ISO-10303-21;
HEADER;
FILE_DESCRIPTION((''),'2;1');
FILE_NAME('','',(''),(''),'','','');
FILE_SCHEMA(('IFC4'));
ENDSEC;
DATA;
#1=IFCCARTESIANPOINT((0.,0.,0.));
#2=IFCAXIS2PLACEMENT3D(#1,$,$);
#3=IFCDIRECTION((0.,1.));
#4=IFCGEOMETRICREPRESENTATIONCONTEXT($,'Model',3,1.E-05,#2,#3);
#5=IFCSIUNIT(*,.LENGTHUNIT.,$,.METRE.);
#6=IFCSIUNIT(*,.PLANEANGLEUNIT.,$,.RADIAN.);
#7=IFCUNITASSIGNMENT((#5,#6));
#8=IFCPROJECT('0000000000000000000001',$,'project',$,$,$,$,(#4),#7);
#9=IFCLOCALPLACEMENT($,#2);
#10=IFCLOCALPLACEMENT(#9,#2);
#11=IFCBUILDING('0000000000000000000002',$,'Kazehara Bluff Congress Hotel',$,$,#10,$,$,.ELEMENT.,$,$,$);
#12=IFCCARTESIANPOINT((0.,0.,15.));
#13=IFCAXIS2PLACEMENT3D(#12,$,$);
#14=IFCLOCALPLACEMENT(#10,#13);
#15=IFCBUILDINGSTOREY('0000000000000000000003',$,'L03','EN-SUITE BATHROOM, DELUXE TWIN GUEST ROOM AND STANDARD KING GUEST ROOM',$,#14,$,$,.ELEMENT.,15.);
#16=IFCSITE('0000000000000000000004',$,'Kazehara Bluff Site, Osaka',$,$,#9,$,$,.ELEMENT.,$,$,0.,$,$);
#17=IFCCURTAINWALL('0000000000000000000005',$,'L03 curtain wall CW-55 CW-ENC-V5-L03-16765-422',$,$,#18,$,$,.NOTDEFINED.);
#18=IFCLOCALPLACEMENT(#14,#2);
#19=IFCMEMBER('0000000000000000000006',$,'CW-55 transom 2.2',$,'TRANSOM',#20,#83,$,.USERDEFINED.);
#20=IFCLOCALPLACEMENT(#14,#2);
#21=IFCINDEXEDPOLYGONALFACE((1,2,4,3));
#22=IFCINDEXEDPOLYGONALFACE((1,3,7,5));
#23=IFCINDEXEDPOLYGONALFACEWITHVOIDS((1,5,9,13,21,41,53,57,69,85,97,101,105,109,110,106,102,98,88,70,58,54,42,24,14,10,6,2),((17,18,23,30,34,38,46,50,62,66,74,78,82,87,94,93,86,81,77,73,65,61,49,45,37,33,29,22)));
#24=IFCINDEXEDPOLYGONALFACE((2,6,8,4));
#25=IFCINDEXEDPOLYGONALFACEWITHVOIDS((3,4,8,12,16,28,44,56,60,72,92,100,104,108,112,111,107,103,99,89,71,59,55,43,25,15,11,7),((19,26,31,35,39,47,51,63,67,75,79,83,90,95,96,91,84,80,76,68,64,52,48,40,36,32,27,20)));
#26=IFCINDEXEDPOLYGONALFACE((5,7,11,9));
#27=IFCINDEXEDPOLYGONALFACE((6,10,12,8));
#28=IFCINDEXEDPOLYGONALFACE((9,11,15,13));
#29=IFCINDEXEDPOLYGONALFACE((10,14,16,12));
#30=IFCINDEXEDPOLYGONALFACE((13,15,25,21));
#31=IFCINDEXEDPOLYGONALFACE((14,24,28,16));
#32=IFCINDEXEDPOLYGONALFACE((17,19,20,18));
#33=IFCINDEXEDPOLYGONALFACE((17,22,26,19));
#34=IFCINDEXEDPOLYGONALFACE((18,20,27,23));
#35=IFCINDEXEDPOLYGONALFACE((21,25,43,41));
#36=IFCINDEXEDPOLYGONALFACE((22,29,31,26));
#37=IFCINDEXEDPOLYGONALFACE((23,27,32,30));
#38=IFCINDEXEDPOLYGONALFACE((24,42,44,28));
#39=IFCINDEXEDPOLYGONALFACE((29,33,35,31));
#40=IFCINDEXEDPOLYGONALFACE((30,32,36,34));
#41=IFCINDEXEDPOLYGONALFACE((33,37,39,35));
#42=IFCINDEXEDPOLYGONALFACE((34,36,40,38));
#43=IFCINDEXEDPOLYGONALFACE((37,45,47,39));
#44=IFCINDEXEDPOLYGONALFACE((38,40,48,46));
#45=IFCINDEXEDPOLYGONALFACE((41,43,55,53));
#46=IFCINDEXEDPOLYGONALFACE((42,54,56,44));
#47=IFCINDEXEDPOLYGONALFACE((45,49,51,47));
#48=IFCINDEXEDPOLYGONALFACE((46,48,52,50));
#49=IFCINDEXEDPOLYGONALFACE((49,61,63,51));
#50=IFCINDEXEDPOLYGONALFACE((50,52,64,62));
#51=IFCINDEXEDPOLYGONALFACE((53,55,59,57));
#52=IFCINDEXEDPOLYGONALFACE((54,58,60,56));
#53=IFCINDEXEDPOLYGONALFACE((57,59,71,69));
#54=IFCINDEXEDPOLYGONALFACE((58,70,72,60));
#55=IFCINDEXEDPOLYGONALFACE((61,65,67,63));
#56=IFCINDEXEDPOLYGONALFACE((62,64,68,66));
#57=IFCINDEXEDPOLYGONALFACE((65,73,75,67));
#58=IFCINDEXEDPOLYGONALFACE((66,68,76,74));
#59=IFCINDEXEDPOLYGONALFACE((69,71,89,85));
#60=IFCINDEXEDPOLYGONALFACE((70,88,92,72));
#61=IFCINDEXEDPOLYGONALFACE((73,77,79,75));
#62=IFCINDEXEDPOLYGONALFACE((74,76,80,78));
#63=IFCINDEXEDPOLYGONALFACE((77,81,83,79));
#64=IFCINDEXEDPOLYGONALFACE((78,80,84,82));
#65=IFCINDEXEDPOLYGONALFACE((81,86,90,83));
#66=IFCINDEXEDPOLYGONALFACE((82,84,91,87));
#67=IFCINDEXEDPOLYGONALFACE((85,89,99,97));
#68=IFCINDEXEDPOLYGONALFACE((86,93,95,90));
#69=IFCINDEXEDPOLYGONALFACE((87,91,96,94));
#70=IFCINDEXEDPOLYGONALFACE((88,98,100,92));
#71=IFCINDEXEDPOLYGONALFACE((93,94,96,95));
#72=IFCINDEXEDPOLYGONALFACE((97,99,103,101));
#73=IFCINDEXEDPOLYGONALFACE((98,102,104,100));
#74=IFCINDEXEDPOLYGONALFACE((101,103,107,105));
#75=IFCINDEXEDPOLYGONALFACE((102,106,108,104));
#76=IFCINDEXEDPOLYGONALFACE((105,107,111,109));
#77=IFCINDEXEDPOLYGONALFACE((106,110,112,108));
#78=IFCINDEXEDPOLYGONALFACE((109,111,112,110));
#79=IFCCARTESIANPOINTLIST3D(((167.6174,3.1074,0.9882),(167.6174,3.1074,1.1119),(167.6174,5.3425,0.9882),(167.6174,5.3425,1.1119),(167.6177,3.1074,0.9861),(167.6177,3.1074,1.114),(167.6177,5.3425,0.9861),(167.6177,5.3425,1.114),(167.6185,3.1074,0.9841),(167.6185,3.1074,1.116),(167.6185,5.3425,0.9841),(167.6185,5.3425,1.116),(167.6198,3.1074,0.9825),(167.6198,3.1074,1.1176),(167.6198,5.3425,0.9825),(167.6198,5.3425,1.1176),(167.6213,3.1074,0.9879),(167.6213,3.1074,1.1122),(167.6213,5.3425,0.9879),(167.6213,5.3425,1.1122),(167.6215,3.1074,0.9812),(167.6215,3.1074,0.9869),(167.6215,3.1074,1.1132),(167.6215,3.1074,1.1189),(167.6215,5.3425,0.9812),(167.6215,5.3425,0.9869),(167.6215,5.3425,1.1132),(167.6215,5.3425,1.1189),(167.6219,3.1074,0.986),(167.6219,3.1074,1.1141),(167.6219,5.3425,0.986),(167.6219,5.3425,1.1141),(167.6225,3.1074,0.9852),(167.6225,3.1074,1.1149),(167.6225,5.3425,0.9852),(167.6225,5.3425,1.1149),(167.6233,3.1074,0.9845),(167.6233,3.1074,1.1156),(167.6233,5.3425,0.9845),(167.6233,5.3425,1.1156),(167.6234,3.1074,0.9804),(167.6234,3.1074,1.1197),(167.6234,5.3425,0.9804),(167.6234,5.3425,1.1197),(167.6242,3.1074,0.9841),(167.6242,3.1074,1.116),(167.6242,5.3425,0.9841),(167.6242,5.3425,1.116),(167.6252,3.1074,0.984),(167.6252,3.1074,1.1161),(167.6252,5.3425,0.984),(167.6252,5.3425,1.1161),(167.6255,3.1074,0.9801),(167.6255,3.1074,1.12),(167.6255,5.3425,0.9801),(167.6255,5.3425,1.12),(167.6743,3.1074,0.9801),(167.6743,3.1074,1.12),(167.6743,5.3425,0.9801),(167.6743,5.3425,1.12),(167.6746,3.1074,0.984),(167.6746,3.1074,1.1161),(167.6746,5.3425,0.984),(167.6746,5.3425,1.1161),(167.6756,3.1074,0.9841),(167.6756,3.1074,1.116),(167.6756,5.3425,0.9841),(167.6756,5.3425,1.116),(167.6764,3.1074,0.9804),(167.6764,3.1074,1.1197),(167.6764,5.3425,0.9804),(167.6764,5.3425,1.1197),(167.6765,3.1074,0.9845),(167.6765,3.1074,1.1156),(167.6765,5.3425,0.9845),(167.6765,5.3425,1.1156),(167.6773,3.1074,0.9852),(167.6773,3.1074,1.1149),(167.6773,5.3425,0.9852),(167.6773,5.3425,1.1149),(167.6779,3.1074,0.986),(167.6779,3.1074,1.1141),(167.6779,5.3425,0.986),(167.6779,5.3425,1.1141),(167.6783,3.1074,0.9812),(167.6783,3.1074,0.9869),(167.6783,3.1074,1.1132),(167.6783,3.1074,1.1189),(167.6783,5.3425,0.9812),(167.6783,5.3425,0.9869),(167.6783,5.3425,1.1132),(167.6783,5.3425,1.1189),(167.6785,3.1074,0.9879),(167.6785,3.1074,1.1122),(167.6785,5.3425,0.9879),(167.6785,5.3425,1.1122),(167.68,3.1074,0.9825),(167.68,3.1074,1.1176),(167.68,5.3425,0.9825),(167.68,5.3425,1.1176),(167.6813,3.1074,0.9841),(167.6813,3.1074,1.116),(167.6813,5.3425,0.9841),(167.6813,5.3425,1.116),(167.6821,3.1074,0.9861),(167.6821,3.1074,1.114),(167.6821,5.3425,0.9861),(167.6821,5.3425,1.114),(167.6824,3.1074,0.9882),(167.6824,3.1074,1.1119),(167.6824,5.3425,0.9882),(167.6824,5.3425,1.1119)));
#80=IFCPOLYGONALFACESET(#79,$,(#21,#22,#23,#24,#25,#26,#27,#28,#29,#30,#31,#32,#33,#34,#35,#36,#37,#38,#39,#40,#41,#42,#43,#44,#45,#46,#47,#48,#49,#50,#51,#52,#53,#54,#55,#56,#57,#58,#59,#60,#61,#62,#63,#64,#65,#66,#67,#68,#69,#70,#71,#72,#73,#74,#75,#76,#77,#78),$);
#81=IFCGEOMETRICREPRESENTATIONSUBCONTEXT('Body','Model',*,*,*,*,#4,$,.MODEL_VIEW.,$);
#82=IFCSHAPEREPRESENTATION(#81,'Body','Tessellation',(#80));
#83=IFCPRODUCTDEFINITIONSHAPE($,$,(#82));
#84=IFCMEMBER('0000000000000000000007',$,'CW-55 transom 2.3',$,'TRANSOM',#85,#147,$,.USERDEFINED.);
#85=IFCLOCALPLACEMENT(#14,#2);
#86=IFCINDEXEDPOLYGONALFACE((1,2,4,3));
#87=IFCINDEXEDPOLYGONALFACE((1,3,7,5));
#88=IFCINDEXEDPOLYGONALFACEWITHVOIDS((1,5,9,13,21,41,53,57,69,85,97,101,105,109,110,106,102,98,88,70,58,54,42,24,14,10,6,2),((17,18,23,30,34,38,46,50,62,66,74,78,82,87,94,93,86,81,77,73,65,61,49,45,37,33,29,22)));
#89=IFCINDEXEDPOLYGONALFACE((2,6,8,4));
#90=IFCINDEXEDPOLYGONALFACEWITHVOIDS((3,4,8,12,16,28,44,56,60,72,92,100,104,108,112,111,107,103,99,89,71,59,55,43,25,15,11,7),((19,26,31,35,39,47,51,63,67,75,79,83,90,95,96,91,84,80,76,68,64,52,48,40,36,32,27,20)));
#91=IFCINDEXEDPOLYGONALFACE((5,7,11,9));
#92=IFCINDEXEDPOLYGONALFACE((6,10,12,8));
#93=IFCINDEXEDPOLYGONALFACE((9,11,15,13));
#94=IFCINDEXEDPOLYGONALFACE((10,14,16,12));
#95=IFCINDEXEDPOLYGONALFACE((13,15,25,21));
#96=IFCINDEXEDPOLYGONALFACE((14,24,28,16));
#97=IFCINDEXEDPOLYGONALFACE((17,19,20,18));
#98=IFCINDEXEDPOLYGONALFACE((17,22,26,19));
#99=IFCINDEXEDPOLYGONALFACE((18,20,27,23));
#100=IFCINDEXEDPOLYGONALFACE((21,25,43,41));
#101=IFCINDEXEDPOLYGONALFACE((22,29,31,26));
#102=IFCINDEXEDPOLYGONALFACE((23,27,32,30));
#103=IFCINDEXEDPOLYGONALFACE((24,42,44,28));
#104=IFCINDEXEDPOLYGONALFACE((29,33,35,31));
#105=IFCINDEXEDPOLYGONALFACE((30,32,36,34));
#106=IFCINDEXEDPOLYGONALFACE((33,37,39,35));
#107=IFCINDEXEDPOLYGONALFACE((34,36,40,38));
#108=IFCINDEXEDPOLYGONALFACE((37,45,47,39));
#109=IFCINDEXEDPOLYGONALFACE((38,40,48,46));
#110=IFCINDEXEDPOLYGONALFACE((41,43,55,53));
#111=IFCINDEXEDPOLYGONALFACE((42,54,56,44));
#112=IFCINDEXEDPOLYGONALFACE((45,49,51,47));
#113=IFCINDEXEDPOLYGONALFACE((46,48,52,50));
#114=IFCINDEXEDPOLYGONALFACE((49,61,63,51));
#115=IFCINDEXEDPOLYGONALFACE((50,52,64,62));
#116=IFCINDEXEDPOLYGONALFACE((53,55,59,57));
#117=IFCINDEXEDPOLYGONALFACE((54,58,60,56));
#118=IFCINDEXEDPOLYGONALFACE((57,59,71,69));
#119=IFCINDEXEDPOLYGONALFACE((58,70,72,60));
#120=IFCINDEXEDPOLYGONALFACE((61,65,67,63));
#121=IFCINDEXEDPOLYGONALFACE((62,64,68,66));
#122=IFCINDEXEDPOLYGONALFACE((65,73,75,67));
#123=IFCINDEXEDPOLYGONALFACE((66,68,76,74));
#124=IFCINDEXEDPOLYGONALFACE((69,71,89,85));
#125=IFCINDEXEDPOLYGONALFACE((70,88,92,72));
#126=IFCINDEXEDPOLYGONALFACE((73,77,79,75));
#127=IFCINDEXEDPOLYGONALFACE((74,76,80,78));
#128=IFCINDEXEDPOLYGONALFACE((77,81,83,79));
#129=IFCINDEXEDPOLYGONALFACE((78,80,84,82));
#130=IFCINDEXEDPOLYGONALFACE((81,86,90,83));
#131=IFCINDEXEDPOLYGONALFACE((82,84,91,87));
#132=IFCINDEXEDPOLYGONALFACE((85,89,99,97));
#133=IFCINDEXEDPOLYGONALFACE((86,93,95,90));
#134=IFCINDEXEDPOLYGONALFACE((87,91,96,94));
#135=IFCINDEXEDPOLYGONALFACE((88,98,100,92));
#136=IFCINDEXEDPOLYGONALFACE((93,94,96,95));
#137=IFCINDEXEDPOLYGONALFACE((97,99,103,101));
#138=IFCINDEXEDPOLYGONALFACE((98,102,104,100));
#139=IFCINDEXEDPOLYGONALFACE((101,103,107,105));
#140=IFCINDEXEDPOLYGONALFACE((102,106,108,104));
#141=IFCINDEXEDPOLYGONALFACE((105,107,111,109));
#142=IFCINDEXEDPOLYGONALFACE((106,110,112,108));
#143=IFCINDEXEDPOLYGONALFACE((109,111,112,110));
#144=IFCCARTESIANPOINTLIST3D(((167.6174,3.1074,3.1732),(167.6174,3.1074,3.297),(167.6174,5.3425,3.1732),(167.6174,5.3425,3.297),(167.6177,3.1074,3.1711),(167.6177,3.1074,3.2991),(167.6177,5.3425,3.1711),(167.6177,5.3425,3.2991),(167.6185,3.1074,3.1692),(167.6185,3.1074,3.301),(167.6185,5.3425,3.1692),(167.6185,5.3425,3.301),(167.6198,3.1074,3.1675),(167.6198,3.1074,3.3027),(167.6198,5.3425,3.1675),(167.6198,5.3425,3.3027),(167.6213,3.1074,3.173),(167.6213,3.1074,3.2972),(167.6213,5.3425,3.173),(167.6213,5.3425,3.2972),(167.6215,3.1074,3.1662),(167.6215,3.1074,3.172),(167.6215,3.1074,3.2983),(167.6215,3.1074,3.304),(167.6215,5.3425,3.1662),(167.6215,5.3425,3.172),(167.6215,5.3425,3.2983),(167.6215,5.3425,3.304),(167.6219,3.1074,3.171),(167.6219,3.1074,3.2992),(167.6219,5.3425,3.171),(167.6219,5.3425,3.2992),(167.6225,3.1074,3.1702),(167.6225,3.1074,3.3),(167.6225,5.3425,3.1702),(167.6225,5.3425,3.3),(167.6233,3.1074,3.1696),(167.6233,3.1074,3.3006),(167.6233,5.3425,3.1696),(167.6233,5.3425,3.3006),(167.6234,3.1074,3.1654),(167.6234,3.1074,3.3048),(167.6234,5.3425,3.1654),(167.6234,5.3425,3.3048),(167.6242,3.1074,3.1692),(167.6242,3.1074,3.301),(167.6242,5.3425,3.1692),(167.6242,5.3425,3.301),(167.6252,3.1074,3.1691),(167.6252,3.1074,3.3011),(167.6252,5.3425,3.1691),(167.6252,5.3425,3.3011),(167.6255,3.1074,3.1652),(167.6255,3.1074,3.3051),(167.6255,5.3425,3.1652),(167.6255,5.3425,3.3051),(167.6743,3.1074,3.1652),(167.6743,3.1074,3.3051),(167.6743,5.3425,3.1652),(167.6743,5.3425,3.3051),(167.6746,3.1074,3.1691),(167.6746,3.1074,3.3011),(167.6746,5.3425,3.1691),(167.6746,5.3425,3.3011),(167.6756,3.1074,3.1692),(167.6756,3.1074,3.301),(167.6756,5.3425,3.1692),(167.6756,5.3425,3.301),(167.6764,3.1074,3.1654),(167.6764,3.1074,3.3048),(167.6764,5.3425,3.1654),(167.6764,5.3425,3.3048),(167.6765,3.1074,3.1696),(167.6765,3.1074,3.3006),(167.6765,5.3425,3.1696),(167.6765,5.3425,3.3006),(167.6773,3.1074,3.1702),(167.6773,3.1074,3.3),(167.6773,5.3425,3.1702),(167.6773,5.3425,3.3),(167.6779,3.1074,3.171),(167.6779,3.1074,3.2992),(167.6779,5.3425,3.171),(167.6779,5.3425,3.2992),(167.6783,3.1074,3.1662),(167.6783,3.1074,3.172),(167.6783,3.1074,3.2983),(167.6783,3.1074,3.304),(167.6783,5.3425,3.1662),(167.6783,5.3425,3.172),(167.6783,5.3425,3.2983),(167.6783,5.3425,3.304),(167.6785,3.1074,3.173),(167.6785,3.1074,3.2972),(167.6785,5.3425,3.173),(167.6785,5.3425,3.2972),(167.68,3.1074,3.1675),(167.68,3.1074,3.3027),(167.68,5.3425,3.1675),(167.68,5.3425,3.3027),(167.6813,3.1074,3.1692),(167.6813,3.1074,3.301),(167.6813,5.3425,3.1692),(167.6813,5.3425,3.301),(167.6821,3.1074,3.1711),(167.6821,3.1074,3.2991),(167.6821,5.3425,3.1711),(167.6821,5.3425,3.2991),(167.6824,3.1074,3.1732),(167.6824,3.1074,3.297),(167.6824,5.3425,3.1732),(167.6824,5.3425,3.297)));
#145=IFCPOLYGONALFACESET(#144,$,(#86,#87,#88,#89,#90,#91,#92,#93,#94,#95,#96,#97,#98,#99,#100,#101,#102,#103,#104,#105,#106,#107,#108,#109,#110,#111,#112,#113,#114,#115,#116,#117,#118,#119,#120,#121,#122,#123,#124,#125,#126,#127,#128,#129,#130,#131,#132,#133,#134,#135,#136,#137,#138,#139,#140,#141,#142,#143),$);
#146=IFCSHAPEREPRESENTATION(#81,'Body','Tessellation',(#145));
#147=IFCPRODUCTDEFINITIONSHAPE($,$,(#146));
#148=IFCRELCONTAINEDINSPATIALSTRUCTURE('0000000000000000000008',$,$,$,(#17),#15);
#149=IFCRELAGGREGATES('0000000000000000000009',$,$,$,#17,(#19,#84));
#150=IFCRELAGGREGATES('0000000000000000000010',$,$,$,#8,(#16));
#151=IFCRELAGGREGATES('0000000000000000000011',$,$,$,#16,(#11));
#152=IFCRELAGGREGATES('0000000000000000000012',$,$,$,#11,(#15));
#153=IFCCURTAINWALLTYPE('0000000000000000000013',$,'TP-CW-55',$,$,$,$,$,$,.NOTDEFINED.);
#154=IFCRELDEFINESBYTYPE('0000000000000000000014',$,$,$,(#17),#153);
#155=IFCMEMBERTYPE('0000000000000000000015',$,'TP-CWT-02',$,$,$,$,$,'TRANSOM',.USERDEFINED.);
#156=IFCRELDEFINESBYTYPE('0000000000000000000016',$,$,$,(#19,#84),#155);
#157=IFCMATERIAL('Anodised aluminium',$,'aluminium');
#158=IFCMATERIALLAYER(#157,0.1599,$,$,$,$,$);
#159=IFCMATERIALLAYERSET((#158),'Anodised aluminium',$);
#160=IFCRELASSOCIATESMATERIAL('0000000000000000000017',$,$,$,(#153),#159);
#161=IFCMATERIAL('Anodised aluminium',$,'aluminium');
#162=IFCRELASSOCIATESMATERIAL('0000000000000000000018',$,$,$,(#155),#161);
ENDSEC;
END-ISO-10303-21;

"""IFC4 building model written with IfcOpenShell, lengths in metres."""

from ifc_helpers import new_model, si_unit, direction, frame, origin, origin_2d, place, context, subcontext, project, spatial, hollow_rectangle, extrude, material, layer, layer_set, material_profile, profile_set, type_object, element, aggregate, save


model = new_model("IFC4")

# Units and contexts
model_context = context("Model", 3, precision=1e-05, world=origin(), true_north=direction((0.0, 1.0)))
body_context = subcontext(model_context, "Body", "Model", "MODEL_VIEW")
ifc_project = project(units=[si_unit("LENGTHUNIT", "METRE"), si_unit("PLANEANGLEUNIT", "RADIAN")], contexts=[model_context])

# Site, building, storey
site_placement = place(None, origin())
site = spatial("IfcSite", under=ifc_project, at=site_placement, Name="Kazehara Bluff Site, Osaka", CompositionType="ELEMENT", RefElevation=0.0)
building_placement = place(site_placement, origin())
building = spatial("IfcBuilding", under=site, at=building_placement, Name="Kazehara Bluff Congress Hotel", CompositionType="ELEMENT")
storey_placement = place(building_placement, frame((0.0, 0.0, 15.0)))
storey = spatial("IfcBuildingStorey", under=building, at=storey_placement, Name="L03", Description="EN-SUITE BATHROOM, DELUXE TWIN GUEST ROOM AND STANDARD KING GUEST ROOM", CompositionType="ELEMENT", Elevation=15.0)

# Curtain wall
ifc_material_1 = material(Name="Anodised aluminium", Category="aluminium")
ifc_layer_1 = layer(ifc_material_1, 0.1599)
ifc_layer_set_1 = layer_set([ifc_layer_1], Name="Anodised aluminium")
curtain_wall_type_1 = type_object("IfcCurtainWallType", Name="TP-CW-55", PredefinedType="NOTDEFINED", material=ifc_layer_set_1)
curtain_wall_1_placement = place(storey_placement, origin())
curtain_wall_1 = element("IfcCurtainWall", 1, at=curtain_wall_1_placement, inside=storey, type_object=curtain_wall_type_1, Name="L03 curtain wall CW-55 CW-ENC-V5-L03-16765-422", PredefinedType="NOTDEFINED")

# Members
ifc_material_2 = material(Name="Anodised aluminium", Category="aluminium")
ifc_material_profile_1 = material_profile(ifc_material_2, hollow_rectangle(XDim=0.0649, YDim=0.1399, WallThickness=0.0039, InnerFilletRadius=0.0039, OuterFilletRadius=0.0081, at=origin_2d()))
ifc_profile_set_1 = profile_set([ifc_material_profile_1], Name="Anodised aluminium")
member_type_1 = type_object("IfcMemberType", Name="TP-CWT-02", ElementType="TRANSOM", PredefinedType="USERDEFINED", material=ifc_profile_set_1)
member_1_placement = place(storey_placement, frame((167.6499, 5.3425, 1.05), z_axis=(0.0, -1.0, 0.0), x_axis=(1.0, 0.0, 0.0)))
member_1 = element("IfcMember", 2, at=member_1_placement, type_object=member_type_1, Name="CW-55 transom 2.2", ObjectType="TRANSOM", PredefinedType="USERDEFINED", context=body_context, shape_type="SweptSolid", body=[
    extrude(hollow_rectangle(XDim=0.0649, YDim=0.1399, WallThickness=0.0039, InnerFilletRadius=0.0039, OuterFilletRadius=0.0081, at=origin_2d()), origin(), (0.0, 0.0, 1.0), 2.2351),
])
member_2_placement = place(storey_placement, frame((167.6499, 5.3425, 3.2351), z_axis=(0.0, -1.0, 0.0), x_axis=(1.0, 0.0, 0.0)))
member_2 = element("IfcMember", 3, at=member_2_placement, type_object=member_type_1, Name="CW-55 transom 2.3", ObjectType="TRANSOM", PredefinedType="USERDEFINED", context=body_context, shape_type="SweptSolid", body=[
    extrude(hollow_rectangle(XDim=0.0649, YDim=0.1399, WallThickness=0.0039, InnerFilletRadius=0.0039, OuterFilletRadius=0.0081, at=origin_2d()), origin(), (0.0, 0.0, 1.0), 2.2351),
])

aggregate(curtain_wall_1, [member_1, member_2])

save(model, "model.ifc")
